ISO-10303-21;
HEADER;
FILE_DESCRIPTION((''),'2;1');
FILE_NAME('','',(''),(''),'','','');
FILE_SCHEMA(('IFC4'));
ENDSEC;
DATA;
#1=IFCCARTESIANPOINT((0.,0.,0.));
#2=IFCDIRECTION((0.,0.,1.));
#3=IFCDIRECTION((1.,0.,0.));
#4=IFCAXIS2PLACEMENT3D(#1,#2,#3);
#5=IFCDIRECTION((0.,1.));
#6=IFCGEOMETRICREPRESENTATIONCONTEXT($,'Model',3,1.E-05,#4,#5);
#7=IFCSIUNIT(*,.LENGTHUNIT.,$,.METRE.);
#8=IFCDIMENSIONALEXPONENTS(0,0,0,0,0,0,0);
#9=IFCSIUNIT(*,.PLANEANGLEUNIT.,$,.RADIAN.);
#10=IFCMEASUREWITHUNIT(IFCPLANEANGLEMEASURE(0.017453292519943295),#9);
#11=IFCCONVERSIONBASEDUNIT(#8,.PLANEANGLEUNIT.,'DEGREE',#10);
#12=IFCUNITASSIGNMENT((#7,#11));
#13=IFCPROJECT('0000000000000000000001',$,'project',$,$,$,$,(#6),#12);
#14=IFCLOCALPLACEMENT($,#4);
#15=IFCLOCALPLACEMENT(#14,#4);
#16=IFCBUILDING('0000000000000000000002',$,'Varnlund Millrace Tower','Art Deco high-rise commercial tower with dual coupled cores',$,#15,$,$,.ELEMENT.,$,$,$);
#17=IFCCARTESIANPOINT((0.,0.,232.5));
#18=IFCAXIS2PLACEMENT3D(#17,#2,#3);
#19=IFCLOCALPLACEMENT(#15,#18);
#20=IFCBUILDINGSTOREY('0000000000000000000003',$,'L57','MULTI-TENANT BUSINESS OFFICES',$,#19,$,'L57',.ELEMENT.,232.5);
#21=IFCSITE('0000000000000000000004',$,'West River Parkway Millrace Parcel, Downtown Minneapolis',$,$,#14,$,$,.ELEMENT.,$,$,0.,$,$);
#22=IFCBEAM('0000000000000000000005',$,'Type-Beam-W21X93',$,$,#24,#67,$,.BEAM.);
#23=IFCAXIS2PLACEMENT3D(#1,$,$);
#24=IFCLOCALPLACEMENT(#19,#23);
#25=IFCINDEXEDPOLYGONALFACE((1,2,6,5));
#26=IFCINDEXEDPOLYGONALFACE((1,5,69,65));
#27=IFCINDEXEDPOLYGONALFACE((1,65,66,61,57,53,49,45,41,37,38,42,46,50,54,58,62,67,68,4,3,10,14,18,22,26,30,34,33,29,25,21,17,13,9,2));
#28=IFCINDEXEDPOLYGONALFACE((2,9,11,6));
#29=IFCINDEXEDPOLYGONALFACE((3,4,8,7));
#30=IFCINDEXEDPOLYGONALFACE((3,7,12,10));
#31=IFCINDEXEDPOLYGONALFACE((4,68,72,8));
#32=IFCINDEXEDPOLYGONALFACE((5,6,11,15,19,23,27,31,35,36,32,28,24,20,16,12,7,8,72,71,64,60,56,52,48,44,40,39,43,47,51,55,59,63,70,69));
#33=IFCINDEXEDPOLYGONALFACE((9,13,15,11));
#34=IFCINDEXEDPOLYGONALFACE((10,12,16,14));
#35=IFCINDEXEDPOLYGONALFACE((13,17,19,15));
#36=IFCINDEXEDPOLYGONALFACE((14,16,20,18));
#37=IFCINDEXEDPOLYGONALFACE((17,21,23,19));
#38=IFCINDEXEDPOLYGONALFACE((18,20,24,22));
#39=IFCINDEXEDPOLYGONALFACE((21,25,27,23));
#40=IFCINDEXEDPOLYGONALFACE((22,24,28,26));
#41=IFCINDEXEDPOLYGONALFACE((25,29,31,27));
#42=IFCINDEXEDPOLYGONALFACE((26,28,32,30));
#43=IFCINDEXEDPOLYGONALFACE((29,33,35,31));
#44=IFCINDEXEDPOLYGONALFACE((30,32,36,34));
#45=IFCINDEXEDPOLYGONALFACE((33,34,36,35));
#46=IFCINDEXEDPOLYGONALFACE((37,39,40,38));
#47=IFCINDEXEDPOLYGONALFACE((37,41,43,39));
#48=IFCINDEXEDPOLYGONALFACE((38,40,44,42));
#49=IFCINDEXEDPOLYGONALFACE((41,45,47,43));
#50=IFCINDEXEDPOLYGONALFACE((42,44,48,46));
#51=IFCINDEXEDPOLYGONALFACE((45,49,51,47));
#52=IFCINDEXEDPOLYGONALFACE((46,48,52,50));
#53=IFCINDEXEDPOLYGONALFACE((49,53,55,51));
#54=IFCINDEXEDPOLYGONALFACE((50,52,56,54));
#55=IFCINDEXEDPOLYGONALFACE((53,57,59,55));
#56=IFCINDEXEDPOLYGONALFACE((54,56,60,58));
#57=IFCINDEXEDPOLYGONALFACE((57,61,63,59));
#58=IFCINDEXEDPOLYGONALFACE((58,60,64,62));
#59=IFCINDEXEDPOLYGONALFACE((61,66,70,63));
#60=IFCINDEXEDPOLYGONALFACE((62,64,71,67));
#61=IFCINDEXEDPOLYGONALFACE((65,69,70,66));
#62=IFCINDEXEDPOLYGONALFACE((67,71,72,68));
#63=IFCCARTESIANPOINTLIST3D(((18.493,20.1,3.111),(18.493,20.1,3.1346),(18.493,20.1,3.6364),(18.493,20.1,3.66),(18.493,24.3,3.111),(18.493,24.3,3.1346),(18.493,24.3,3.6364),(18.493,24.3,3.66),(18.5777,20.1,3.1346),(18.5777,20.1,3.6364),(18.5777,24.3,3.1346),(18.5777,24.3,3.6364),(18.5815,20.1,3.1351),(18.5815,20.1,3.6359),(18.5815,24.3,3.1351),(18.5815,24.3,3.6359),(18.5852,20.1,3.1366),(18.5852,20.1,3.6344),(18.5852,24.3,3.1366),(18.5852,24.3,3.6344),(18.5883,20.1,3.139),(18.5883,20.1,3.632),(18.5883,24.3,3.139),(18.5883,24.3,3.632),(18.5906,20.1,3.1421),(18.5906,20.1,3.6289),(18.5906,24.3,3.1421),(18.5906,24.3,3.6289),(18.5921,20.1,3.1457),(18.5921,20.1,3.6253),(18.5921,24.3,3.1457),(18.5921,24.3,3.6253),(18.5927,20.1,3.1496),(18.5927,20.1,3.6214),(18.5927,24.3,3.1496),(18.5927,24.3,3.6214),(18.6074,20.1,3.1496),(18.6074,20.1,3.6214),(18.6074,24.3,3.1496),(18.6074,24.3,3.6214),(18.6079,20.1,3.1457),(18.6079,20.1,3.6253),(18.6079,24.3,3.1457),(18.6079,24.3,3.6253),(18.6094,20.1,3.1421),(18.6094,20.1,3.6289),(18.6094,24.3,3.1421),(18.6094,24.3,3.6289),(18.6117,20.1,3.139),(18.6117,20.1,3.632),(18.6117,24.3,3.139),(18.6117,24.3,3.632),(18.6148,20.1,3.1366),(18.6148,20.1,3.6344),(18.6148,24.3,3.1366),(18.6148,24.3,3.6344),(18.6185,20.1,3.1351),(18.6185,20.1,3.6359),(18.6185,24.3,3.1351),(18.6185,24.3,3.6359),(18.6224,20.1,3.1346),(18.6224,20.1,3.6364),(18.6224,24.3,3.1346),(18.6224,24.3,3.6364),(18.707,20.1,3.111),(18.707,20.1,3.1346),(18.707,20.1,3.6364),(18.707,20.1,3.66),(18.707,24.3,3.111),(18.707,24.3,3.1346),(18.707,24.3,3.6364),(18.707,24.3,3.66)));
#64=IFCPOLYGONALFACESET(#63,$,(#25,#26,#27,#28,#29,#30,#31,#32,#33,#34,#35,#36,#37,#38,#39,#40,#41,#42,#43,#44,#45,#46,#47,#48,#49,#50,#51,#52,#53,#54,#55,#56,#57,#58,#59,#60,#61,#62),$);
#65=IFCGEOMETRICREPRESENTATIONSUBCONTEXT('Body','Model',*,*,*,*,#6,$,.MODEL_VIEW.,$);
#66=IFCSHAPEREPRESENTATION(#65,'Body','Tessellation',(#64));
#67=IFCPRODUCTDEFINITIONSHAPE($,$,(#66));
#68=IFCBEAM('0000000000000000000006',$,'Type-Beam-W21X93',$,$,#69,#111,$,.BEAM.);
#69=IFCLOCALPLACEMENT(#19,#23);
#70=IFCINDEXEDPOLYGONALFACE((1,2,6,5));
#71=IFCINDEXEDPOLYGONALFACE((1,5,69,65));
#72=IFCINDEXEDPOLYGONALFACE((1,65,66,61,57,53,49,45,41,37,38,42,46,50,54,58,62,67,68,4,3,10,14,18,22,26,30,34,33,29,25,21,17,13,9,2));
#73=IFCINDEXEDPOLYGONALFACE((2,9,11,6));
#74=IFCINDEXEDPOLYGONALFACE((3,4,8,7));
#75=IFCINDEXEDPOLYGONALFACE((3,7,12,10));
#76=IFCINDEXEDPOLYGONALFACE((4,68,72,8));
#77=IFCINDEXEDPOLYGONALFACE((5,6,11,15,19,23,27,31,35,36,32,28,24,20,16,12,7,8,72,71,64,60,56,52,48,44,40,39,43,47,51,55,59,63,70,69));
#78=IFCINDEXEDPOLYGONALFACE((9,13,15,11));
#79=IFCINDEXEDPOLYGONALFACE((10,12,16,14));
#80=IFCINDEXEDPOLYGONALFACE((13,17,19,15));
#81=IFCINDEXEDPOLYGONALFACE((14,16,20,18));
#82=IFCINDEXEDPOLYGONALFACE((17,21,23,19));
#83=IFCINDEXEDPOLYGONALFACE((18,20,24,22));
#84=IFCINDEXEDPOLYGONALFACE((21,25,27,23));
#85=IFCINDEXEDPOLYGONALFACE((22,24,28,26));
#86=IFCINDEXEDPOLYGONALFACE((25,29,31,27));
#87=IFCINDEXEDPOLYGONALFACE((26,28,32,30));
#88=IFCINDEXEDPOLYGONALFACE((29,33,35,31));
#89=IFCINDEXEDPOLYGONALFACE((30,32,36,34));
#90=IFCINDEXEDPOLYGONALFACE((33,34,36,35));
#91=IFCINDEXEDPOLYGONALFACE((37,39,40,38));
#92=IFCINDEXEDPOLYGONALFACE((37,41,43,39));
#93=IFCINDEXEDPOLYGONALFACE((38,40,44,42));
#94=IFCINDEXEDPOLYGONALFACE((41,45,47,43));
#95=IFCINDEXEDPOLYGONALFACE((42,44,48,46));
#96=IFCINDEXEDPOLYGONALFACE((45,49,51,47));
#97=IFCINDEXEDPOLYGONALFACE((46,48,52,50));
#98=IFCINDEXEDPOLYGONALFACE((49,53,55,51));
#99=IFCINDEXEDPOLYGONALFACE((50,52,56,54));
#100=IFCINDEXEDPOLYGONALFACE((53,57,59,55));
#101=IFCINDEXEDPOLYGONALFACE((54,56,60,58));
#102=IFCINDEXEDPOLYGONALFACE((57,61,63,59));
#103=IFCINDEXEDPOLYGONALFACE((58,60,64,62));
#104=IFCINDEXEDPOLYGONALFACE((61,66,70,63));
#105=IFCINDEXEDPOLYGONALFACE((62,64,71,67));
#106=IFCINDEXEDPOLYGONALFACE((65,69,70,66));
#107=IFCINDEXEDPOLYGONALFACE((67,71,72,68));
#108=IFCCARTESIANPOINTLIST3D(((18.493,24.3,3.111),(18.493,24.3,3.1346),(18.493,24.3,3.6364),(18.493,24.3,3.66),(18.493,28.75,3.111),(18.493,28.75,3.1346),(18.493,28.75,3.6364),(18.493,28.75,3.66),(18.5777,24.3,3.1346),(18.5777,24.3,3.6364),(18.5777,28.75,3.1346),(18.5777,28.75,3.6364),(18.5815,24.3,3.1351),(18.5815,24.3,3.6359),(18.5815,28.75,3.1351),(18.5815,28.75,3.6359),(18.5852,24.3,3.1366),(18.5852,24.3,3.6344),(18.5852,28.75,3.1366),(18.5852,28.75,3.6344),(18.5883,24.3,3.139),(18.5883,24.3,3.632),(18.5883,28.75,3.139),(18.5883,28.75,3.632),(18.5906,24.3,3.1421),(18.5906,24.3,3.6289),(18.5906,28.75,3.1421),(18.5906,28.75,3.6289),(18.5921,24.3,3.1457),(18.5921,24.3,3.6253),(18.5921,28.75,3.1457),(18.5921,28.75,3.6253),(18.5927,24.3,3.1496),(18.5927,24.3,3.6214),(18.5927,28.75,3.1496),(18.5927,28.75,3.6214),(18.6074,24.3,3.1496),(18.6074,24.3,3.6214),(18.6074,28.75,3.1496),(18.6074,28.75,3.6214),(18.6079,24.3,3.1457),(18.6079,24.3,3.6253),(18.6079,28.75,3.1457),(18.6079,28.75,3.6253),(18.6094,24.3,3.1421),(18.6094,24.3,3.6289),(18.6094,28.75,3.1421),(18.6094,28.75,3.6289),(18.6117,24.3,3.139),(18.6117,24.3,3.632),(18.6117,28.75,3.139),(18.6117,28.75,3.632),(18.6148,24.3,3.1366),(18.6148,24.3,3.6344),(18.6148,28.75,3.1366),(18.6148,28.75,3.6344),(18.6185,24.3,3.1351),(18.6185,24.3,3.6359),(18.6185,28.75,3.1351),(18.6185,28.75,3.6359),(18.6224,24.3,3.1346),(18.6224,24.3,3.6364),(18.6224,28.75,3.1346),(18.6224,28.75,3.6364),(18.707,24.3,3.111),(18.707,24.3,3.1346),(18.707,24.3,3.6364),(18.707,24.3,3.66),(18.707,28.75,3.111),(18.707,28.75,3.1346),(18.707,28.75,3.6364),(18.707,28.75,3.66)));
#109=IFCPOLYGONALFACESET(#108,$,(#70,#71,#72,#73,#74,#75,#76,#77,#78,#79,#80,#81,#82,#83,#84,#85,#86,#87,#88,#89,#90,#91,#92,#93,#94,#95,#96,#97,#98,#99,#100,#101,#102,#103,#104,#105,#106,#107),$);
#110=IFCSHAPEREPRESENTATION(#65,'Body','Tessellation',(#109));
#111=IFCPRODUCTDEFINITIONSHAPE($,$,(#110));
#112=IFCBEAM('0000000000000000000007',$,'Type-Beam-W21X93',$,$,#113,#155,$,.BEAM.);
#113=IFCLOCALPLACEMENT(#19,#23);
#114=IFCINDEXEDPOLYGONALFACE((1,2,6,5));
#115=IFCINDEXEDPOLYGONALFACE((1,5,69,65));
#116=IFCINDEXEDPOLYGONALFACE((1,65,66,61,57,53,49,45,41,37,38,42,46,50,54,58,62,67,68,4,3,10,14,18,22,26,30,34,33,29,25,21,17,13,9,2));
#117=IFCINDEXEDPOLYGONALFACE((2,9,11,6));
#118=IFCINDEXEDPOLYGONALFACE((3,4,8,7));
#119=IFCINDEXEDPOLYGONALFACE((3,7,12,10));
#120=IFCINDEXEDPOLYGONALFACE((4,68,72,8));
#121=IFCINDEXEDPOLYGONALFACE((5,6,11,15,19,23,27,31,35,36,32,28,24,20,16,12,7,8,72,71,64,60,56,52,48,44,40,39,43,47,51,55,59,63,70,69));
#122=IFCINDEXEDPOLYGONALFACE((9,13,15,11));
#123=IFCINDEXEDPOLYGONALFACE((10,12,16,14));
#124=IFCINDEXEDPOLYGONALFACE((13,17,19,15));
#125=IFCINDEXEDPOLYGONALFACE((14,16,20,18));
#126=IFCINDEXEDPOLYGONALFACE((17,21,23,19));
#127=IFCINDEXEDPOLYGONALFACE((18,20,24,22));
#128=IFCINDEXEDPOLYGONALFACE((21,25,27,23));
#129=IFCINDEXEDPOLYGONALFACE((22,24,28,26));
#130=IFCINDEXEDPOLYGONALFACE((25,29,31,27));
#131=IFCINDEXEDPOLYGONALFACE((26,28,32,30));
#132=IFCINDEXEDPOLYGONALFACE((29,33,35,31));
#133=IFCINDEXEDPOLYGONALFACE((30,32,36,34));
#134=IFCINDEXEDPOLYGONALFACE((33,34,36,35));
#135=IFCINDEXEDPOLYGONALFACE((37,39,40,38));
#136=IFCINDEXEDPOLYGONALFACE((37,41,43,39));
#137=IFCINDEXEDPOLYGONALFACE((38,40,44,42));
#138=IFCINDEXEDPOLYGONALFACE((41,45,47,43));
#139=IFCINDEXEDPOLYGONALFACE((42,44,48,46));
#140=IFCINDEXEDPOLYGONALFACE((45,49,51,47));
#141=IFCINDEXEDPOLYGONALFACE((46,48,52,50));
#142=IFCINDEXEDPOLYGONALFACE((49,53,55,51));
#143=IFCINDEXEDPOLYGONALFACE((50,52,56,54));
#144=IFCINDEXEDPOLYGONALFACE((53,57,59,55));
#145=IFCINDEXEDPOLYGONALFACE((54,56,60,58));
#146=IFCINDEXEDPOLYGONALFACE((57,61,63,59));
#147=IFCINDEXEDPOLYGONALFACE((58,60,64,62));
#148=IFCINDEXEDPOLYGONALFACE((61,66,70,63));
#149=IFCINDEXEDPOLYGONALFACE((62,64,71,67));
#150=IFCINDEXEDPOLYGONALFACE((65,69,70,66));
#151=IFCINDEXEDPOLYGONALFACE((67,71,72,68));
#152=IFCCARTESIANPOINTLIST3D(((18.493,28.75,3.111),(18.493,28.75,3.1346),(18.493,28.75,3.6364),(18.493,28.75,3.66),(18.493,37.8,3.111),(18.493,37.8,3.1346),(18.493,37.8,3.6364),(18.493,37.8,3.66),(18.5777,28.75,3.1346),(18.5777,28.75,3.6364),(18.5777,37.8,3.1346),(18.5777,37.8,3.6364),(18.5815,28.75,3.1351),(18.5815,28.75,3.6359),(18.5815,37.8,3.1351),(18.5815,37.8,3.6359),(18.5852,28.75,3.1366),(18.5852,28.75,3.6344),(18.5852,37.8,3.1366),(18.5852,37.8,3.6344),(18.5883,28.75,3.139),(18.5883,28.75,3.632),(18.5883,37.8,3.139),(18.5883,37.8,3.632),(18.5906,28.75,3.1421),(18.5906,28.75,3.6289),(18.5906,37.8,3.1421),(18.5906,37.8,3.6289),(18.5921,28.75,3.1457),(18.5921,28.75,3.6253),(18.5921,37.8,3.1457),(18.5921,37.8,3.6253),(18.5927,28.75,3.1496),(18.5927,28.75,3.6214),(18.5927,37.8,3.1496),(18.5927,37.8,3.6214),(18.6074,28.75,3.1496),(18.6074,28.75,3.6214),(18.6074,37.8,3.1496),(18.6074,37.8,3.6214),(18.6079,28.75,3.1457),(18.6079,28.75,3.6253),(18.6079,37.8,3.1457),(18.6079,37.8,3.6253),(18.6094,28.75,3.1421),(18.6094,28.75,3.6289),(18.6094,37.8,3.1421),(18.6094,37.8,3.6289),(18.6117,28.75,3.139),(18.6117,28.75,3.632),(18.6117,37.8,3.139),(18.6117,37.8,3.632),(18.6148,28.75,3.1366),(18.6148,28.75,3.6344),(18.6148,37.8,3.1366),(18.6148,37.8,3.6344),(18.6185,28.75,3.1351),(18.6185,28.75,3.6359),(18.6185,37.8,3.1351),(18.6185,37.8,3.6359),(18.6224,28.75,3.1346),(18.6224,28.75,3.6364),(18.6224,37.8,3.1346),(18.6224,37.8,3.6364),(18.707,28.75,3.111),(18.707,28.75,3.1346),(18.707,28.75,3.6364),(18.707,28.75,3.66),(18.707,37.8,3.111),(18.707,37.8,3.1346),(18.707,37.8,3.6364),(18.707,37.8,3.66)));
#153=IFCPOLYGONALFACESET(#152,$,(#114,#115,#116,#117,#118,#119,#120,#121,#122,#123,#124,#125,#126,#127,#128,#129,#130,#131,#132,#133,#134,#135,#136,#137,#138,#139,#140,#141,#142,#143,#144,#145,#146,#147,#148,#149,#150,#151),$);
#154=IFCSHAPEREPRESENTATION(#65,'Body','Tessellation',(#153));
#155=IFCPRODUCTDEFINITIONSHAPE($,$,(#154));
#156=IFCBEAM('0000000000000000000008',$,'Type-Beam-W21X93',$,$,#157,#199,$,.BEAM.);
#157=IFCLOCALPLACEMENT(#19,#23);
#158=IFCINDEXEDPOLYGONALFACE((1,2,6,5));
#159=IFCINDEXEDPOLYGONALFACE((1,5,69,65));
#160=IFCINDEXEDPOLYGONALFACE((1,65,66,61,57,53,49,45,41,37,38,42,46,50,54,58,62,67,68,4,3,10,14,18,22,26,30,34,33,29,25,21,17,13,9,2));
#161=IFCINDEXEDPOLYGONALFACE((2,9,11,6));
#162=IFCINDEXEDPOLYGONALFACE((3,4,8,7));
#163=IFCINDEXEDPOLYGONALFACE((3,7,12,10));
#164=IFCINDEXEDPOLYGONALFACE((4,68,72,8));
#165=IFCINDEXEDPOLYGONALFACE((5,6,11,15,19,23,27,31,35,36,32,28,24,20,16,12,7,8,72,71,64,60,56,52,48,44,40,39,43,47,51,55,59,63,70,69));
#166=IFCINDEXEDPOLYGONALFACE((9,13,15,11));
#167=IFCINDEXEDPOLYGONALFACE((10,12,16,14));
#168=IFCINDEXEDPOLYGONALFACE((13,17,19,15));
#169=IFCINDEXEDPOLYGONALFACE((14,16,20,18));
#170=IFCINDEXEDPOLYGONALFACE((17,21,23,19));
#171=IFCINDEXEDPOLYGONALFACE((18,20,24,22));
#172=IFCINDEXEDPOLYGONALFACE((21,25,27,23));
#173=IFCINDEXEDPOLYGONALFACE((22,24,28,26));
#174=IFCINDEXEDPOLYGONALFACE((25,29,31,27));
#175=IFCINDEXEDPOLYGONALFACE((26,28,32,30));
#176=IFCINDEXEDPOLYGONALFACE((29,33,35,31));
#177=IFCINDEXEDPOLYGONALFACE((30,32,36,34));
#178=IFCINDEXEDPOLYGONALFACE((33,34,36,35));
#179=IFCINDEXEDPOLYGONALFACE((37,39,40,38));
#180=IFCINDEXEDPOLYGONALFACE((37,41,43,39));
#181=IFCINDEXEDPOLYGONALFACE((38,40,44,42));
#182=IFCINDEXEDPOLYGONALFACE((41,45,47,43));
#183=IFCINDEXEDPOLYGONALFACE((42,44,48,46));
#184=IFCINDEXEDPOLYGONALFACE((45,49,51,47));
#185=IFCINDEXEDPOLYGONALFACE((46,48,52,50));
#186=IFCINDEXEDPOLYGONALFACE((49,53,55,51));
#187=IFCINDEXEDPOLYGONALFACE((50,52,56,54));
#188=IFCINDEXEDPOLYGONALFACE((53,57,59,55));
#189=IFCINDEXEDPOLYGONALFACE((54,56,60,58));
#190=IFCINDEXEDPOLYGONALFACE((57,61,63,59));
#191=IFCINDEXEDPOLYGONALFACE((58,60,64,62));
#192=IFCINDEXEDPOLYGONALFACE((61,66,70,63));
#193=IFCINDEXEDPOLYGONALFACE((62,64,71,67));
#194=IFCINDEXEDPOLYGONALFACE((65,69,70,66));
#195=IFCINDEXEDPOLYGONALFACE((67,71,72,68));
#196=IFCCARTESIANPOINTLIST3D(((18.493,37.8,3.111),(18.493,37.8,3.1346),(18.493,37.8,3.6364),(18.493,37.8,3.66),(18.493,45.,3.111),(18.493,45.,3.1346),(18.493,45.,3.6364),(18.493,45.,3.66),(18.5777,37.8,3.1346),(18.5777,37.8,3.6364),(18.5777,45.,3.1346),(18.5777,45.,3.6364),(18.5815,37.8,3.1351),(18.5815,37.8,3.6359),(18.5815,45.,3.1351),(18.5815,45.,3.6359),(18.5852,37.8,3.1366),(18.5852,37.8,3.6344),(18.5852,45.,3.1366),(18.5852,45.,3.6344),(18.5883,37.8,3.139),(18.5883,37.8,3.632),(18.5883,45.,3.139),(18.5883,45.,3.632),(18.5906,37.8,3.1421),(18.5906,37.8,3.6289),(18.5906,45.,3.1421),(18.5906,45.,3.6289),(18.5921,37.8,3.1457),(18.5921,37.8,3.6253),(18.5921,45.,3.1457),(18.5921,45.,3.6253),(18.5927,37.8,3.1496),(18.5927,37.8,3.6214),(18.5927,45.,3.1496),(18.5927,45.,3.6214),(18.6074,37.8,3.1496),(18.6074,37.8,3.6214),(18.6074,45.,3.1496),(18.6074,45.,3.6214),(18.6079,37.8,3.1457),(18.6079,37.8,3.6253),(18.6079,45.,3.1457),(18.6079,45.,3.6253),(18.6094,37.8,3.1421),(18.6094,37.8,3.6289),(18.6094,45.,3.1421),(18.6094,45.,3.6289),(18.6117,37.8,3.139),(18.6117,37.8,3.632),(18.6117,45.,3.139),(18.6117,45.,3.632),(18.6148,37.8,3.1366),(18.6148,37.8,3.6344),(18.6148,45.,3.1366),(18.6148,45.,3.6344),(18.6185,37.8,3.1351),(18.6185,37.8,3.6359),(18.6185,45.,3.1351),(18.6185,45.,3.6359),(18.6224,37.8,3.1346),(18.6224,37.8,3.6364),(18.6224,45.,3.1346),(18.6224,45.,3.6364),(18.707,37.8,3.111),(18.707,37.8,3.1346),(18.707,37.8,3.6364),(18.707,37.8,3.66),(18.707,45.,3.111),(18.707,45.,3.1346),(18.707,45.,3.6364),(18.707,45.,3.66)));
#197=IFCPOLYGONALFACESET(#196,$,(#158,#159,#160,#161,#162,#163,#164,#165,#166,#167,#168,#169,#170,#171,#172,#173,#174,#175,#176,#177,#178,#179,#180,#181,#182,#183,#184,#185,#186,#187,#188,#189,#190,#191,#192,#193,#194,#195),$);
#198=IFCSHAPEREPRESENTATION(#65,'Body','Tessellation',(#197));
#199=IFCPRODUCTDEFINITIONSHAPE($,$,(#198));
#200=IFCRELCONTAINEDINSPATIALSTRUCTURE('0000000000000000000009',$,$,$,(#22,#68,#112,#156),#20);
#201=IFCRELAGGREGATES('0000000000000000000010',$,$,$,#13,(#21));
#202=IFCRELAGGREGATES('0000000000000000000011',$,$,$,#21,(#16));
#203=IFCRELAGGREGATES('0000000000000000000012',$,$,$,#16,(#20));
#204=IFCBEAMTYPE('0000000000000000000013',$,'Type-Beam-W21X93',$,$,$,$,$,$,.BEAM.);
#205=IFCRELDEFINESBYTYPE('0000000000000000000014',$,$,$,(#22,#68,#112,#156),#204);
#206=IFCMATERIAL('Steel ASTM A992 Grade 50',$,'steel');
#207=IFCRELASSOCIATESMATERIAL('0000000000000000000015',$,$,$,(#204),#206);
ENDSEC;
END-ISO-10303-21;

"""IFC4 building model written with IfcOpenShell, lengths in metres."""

from ifc_helpers import new_model, entity, si_unit, converted_unit, direction, frame, origin_with_axes, origin_2d_with_axis, place, context, subcontext, project, spatial, i_section, extrude, material, material_profile, profile_set, type_object, element, save


model = new_model("IFC4")

# Units and contexts
model_context = context("Model", 3, precision=1e-05, world=origin_with_axes(), true_north=direction((0.0, 1.0)))
body_context = subcontext(model_context, "Body", "Model", "MODEL_VIEW")
ifc_project = project(units=[si_unit("LENGTHUNIT", "METRE"), converted_unit("PLANEANGLEUNIT", "DEGREE", entity("IfcPlaneAngleMeasure", 0.017453292519943295), si_unit("PLANEANGLEUNIT", "RADIAN"), dimensions=[0, 0, 0, 0, 0, 0, 0])], contexts=[model_context])

# Site, building, storey
site_placement = place(None, origin_with_axes())
site = spatial("IfcSite", under=ifc_project, at=site_placement, Name="West River Parkway Millrace Parcel, Downtown Minneapolis", CompositionType="ELEMENT", RefElevation=0.0)
building_placement = place(site_placement, origin_with_axes())
building = spatial("IfcBuilding", under=site, at=building_placement, Name="Varnlund Millrace Tower", Description="Art Deco high-rise commercial tower with dual coupled cores", CompositionType="ELEMENT")
storey_placement = place(building_placement, frame((0.0, 0.0, 232.5), z_axis=(0.0, 0.0, 1.0), x_axis=(1.0, 0.0, 0.0)))
storey = spatial("IfcBuildingStorey", under=building, at=storey_placement, Name="L57", Description="MULTI-TENANT BUSINESS OFFICES", LongName="L57", CompositionType="ELEMENT", Elevation=232.5)

# Beams
ifc_material_1 = material(Name="Steel ASTM A992 Grade 50", Category="steel")
ifc_material_profile_1 = material_profile(ifc_material_1, i_section(OverallWidth=0.214, OverallDepth=0.549, WebThickness=0.0147, FlangeThickness=0.0236, FilletRadius=0.015, at=origin_2d_with_axis()), Name="Steel ASTM A992 Grade 50")
ifc_profile_set_1 = profile_set([ifc_material_profile_1], Name="Steel ASTM A992 Grade 50")
beam_type_1 = type_object("IfcBeamType", Name="Type-Beam-W21X93", PredefinedType="BEAM", material=ifc_profile_set_1)
beam_1_placement = place(storey_placement, frame((18.6, 20.1, 3.3855), z_axis=(0.0, 1.0, 0.0), x_axis=(-1.0, 0.0, 0.0)))
element("IfcBeam", 1, at=beam_1_placement, inside=storey, type_object=beam_type_1, Name="Type-Beam-W21X93", PredefinedType="BEAM", context=body_context, shape_type="SweptSolid", body=[
    extrude(i_section(OverallWidth=0.214, OverallDepth=0.549, WebThickness=0.0147, FlangeThickness=0.0236, FilletRadius=0.015, at=origin_2d_with_axis()), origin_with_axes(), (0.0, 0.0, 1.0), 4.2),
])
beam_2_placement = place(storey_placement, frame((18.6, 24.3, 3.3855), z_axis=(0.0, 1.0, 0.0), x_axis=(-1.0, 0.0, 0.0)))
element("IfcBeam", 2, at=beam_2_placement, inside=storey, type_object=beam_type_1, Name="Type-Beam-W21X93", PredefinedType="BEAM", context=body_context, shape_type="SweptSolid", body=[
    extrude(i_section(OverallWidth=0.214, OverallDepth=0.549, WebThickness=0.0147, FlangeThickness=0.0236, FilletRadius=0.015, at=origin_2d_with_axis()), origin_with_axes(), (0.0, 0.0, 1.0), 4.45),
])
beam_3_placement = place(storey_placement, frame((18.6, 28.75, 3.3855), z_axis=(0.0, 1.0, 0.0), x_axis=(-1.0, 0.0, 0.0)))
element("IfcBeam", 3, at=beam_3_placement, inside=storey, type_object=beam_type_1, Name="Type-Beam-W21X93", PredefinedType="BEAM", context=body_context, shape_type="SweptSolid", body=[
    extrude(i_section(OverallWidth=0.214, OverallDepth=0.549, WebThickness=0.0147, FlangeThickness=0.0236, FilletRadius=0.015, at=origin_2d_with_axis()), origin_with_axes(), (0.0, 0.0, 1.0), 9.05),
])
beam_4_placement = place(storey_placement, frame((18.6, 37.8, 3.3855), z_axis=(0.0, 1.0, 0.0), x_axis=(-1.0, 0.0, 0.0)))
element("IfcBeam", 4, at=beam_4_placement, inside=storey, type_object=beam_type_1, Name="Type-Beam-W21X93", PredefinedType="BEAM", context=body_context, shape_type="SweptSolid", body=[
    extrude(i_section(OverallWidth=0.214, OverallDepth=0.549, WebThickness=0.0147, FlangeThickness=0.0236, FilletRadius=0.015, at=origin_2d_with_axis()), origin_with_axes(), (0.0, 0.0, 1.0), 7.2),
])

save(model, "model.ifc")
